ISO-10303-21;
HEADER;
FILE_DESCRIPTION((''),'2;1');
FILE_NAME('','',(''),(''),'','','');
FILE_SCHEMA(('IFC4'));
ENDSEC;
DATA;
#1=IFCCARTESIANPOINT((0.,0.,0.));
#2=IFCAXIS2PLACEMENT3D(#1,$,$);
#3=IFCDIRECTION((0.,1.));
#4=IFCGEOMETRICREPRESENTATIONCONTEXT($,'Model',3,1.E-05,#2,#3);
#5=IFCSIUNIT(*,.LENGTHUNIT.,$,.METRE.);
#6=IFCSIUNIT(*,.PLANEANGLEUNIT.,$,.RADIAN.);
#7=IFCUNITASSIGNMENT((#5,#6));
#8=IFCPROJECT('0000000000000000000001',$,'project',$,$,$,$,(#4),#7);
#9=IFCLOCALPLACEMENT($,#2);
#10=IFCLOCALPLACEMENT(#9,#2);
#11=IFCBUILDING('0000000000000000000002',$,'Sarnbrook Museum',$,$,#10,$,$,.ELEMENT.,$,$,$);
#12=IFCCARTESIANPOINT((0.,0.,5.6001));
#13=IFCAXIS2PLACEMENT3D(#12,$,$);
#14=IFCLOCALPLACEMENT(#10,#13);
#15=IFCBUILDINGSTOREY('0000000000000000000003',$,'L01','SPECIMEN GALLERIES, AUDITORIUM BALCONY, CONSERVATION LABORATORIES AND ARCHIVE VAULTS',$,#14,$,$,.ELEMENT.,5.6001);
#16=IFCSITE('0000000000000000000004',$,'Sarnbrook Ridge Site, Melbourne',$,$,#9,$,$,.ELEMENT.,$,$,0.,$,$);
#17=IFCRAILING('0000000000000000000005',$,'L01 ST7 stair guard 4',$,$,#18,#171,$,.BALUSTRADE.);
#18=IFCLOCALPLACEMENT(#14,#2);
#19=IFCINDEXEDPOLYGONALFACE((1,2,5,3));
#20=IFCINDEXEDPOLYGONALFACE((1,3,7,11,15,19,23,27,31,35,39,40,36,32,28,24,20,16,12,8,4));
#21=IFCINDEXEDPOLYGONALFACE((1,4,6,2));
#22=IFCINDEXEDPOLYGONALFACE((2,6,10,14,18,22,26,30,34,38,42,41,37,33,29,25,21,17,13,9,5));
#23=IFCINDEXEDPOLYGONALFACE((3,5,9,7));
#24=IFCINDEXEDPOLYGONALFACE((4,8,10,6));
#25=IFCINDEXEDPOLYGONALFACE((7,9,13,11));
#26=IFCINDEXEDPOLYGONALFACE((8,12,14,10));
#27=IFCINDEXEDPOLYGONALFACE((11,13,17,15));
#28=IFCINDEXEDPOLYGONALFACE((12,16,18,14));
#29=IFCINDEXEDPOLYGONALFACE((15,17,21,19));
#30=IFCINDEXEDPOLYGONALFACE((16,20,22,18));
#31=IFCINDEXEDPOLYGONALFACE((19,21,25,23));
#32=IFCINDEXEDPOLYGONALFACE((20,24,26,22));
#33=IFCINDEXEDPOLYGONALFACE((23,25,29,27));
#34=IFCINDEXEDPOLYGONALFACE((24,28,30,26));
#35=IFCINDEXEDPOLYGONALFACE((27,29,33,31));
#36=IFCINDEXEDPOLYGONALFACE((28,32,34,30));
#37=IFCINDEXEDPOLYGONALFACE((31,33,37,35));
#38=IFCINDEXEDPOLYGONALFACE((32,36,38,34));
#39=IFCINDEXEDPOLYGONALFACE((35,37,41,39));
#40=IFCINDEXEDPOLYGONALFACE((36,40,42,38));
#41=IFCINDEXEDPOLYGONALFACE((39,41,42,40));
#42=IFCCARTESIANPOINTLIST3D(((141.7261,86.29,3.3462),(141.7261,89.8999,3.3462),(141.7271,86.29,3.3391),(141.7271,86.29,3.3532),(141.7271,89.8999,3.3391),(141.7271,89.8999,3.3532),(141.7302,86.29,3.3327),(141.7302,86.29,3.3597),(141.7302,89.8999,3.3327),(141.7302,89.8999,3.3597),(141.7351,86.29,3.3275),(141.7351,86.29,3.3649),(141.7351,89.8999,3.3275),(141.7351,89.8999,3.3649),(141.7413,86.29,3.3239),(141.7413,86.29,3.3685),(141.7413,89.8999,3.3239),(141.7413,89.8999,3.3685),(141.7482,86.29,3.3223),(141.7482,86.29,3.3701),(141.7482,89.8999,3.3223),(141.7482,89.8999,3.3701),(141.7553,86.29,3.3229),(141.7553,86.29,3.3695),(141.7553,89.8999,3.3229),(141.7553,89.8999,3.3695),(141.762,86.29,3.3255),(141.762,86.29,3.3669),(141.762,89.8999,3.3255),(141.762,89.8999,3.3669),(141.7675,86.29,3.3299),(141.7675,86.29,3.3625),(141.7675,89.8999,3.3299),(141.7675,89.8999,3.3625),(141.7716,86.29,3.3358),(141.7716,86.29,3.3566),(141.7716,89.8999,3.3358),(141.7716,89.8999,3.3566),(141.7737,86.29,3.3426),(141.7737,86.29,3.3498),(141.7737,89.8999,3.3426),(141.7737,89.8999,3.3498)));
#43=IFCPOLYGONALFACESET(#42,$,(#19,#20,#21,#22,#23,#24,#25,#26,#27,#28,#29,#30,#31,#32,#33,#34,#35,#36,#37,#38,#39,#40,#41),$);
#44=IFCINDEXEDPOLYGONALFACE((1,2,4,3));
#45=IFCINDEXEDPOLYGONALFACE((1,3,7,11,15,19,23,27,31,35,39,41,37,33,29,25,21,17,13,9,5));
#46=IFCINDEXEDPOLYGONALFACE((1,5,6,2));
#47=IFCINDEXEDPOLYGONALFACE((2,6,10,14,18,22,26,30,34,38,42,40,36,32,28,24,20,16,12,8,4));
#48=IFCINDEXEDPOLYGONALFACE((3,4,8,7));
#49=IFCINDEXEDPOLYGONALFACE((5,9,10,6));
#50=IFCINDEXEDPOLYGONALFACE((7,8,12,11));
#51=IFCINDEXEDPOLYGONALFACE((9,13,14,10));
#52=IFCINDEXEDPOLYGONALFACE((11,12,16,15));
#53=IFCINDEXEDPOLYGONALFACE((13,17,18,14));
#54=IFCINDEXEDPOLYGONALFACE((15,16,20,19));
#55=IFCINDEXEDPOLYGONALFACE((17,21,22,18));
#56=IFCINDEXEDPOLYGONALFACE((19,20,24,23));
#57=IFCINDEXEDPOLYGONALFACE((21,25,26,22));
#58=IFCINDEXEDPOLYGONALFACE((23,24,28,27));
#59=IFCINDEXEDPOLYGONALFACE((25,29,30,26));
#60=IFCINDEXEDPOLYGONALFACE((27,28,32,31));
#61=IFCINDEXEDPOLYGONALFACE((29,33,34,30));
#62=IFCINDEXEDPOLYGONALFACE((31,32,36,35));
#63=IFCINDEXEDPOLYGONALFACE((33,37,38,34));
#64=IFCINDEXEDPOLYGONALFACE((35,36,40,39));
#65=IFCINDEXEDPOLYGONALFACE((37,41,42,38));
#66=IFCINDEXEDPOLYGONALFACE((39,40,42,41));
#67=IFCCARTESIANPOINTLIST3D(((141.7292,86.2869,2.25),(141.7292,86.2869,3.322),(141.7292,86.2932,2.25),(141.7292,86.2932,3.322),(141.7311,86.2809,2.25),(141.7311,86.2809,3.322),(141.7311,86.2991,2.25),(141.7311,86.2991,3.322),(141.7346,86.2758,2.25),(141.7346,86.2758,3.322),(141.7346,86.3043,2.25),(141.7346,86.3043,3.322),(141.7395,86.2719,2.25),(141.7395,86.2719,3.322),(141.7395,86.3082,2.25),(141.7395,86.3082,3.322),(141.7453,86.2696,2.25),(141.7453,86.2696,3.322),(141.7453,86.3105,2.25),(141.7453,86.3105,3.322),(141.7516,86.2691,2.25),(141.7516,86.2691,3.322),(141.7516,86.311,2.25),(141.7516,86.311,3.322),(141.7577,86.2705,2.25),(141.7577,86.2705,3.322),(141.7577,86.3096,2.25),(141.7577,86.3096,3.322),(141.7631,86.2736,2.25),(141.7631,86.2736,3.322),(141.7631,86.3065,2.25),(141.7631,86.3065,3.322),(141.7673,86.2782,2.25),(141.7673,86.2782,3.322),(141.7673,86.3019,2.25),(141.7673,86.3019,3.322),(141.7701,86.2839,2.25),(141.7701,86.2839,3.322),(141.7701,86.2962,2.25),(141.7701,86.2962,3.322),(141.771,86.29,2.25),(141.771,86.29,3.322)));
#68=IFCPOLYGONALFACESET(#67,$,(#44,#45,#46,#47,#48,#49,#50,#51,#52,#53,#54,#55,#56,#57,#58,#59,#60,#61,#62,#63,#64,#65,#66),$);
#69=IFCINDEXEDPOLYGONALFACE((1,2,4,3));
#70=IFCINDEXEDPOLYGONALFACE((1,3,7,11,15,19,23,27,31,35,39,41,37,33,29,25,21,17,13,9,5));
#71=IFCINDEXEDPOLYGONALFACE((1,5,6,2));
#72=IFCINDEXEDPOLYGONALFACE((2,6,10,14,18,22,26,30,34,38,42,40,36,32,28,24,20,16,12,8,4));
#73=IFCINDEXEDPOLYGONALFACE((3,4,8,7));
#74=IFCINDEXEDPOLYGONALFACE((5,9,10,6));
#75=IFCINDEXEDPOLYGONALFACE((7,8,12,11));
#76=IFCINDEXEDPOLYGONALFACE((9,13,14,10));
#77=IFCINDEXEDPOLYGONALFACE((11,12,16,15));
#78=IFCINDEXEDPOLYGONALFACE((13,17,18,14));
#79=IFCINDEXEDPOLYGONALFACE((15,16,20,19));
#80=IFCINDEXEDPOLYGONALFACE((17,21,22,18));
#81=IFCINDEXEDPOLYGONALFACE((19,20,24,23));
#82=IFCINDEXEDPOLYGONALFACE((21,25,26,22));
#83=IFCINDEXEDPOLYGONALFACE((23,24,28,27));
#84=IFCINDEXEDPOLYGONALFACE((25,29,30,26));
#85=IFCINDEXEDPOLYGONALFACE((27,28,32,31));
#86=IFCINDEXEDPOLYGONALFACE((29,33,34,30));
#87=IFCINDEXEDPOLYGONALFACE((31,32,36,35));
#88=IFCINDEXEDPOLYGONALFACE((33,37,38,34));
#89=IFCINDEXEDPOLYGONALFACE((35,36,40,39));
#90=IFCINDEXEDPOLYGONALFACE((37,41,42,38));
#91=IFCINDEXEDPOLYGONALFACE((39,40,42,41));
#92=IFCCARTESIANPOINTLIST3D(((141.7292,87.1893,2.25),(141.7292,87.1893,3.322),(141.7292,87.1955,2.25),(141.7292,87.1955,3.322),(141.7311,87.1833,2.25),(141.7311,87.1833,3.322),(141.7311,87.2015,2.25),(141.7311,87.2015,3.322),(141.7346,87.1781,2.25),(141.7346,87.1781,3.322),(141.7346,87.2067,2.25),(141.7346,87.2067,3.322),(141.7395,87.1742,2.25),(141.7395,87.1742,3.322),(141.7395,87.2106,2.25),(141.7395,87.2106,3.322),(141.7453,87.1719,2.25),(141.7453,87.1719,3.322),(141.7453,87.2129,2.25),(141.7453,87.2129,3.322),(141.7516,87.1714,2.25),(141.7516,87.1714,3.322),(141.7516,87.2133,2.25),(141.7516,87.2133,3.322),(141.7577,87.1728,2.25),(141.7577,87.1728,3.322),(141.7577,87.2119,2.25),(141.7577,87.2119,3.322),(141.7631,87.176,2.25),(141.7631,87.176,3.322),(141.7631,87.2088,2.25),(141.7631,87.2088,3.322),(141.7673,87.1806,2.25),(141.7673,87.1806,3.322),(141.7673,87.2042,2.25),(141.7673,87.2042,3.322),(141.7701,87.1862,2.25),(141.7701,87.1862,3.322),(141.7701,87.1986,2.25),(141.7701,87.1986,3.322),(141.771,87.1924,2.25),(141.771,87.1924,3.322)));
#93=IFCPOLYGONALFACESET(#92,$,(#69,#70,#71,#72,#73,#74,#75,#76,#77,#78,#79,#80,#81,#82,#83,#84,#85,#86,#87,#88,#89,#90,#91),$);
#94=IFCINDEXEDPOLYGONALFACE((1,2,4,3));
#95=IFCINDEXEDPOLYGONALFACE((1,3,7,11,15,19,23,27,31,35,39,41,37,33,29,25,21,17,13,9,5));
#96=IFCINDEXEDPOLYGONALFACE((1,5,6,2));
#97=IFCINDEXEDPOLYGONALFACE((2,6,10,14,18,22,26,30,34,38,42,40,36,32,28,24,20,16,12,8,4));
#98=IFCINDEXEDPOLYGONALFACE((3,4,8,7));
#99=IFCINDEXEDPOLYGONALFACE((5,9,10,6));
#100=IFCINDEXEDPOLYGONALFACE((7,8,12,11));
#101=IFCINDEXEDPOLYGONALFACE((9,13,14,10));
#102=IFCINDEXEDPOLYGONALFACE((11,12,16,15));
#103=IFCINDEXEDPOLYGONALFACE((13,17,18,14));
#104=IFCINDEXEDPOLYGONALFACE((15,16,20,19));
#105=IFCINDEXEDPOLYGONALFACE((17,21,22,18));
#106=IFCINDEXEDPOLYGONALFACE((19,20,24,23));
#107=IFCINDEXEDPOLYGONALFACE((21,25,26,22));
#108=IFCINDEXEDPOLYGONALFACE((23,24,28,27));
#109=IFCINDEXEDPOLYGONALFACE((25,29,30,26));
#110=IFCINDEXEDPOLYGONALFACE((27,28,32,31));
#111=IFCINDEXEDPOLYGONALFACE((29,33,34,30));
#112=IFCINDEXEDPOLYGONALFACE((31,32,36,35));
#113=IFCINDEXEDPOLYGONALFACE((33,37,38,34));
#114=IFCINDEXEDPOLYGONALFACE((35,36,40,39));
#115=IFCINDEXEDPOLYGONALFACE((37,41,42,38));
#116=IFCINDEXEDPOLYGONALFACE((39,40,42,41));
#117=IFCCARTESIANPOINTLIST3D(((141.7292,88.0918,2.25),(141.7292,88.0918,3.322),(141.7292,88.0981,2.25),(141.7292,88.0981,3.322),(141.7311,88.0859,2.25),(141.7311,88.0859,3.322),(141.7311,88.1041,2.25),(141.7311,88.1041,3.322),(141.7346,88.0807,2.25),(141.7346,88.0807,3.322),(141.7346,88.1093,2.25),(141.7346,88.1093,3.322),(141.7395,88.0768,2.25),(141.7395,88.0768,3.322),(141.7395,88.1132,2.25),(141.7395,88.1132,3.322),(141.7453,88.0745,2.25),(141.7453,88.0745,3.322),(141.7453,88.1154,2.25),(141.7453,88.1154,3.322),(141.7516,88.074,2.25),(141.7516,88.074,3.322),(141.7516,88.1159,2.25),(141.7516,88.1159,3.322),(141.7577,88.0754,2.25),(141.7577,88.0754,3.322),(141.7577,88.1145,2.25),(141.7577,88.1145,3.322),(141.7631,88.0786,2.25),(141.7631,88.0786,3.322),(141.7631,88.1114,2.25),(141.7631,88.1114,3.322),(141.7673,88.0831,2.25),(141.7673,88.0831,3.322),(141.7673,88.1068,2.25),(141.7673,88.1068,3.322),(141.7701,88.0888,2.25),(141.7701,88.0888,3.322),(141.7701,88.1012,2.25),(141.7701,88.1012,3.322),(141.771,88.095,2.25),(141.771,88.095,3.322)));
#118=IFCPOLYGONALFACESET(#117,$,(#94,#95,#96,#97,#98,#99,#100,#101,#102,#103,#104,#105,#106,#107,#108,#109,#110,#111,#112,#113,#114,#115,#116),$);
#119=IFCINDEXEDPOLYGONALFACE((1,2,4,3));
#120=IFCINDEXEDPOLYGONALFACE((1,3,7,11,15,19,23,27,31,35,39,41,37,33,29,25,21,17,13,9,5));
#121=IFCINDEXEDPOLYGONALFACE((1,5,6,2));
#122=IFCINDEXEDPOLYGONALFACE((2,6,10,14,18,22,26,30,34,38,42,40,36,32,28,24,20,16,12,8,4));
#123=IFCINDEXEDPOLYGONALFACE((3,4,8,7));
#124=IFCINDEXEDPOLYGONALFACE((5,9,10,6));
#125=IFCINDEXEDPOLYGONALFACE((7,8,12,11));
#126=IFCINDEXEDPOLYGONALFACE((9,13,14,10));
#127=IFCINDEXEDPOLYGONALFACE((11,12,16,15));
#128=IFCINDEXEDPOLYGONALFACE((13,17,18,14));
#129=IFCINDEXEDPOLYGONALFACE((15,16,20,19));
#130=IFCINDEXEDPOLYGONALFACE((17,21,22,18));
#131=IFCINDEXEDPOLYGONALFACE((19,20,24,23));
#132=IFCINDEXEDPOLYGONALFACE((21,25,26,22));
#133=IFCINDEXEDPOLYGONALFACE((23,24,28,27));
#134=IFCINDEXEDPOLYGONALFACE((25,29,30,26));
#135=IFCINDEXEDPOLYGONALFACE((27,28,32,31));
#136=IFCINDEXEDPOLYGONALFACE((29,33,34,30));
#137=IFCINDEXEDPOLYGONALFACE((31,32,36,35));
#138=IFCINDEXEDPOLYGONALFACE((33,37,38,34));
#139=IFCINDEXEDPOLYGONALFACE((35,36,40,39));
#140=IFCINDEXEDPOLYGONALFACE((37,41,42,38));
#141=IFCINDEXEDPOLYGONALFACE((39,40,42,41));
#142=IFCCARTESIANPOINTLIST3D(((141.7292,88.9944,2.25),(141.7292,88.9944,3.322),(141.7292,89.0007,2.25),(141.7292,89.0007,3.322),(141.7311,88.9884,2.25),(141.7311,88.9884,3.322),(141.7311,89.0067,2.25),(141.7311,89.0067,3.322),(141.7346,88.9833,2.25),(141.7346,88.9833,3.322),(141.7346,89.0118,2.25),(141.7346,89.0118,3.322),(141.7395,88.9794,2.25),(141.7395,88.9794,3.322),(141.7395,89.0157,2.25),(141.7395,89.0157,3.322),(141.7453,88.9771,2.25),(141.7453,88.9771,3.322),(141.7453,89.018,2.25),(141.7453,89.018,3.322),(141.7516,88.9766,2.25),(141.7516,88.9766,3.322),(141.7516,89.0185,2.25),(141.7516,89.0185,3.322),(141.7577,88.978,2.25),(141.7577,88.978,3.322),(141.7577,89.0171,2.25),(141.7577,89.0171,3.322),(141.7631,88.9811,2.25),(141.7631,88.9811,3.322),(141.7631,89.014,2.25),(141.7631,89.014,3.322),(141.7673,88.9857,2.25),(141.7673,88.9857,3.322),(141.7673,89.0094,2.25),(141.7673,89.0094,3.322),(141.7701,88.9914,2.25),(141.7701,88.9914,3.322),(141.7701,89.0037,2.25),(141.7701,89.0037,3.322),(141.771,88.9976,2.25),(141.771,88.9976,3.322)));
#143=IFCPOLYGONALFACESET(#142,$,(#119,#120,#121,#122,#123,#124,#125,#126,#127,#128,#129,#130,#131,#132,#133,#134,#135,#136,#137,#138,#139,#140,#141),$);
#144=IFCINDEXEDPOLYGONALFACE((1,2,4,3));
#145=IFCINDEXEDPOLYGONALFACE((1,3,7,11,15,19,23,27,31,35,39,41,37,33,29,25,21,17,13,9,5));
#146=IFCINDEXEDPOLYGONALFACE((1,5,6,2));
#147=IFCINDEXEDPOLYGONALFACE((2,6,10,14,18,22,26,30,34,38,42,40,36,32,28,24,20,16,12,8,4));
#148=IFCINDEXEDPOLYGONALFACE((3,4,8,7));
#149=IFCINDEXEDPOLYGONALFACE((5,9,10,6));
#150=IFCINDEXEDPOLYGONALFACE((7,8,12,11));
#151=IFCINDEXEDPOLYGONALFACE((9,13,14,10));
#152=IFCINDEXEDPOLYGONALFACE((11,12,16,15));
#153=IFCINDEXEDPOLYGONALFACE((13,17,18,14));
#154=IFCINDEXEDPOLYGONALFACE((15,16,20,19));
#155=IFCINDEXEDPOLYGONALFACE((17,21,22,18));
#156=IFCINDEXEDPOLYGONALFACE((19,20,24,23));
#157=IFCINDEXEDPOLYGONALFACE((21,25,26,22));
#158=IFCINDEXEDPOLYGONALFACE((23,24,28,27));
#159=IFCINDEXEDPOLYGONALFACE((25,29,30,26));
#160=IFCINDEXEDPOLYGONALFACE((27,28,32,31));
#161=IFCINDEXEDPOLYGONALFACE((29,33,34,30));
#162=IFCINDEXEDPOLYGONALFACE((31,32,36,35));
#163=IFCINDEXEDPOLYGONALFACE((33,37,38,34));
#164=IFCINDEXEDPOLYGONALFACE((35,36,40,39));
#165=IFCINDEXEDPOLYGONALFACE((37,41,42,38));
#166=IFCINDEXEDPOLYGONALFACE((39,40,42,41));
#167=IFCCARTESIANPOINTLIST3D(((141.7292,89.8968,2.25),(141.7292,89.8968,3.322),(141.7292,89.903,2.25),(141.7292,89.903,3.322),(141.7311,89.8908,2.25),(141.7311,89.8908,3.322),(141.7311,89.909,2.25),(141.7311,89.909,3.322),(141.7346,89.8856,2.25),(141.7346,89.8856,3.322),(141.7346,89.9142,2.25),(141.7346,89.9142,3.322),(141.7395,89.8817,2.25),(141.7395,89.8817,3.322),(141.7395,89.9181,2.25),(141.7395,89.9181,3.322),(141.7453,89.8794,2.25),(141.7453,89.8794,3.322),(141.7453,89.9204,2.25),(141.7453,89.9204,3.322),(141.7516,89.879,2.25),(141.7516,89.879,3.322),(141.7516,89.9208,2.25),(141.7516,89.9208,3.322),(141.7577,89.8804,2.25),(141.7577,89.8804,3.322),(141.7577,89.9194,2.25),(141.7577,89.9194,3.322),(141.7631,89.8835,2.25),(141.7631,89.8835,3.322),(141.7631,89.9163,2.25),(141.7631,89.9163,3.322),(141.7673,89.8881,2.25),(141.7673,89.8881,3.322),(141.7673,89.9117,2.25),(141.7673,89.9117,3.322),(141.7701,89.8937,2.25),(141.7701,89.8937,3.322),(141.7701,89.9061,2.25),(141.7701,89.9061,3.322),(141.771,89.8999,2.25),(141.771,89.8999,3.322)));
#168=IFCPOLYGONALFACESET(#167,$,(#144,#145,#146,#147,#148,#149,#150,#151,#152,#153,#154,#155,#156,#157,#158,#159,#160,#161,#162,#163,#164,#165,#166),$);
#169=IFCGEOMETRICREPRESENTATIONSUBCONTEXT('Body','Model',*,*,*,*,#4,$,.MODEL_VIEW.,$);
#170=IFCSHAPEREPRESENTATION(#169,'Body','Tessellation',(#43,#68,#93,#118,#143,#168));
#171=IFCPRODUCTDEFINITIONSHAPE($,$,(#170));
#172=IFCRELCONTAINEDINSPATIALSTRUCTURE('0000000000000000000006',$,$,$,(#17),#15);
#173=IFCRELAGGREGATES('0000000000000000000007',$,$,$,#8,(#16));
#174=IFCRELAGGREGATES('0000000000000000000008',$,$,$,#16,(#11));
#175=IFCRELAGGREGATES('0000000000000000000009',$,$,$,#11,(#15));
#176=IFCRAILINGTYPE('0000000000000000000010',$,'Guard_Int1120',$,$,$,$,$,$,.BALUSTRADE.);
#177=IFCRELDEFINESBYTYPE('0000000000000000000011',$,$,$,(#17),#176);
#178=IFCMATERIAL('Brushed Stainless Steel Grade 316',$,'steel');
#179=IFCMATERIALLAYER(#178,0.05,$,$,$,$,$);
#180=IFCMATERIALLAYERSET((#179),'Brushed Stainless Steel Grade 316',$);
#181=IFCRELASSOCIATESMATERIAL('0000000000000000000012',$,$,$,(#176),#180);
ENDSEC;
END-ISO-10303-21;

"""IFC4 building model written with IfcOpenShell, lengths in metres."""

from ifc_helpers import new_model, si_unit, direction, frame, origin, origin_2d, place, context, subcontext, project, spatial, circle, extrude, material, layer, layer_set, type_object, element, save


model = new_model("IFC4")

# Units and contexts
model_context = context("Model", 3, precision=1e-05, world=origin(), true_north=direction((0.0, 1.0)))
body_context = subcontext(model_context, "Body", "Model", "MODEL_VIEW")
ifc_project = project(units=[si_unit("LENGTHUNIT", "METRE"), si_unit("PLANEANGLEUNIT", "RADIAN")], contexts=[model_context])

# Site, building, storey
site_placement = place(None, origin())
site = spatial("IfcSite", under=ifc_project, at=site_placement, Name="Sarnbrook Ridge Site, Melbourne", CompositionType="ELEMENT", RefElevation=0.0)
building_placement = place(site_placement, origin())
building = spatial("IfcBuilding", under=site, at=building_placement, Name="Sarnbrook Museum", CompositionType="ELEMENT")
storey_placement = place(building_placement, frame((0.0, 0.0, 5.6001)))
storey = spatial("IfcBuildingStorey", under=building, at=storey_placement, Name="L01", Description="SPECIMEN GALLERIES, AUDITORIUM BALCONY, CONSERVATION LABORATORIES AND ARCHIVE VAULTS", CompositionType="ELEMENT", Elevation=5.6001)

# Railing
ifc_material_1 = material(Name="Brushed Stainless Steel Grade 316", Category="steel")
ifc_layer_1 = layer(ifc_material_1, 0.05)
ifc_layer_set_1 = layer_set([ifc_layer_1], Name="Brushed Stainless Steel Grade 316")
railing_type_1 = type_object("IfcRailingType", Name="Guard_Int1120", PredefinedType="BALUSTRADE", material=ifc_layer_set_1)
for number, where, name in (
    (1, (141.75, 86.29, 2.25), "L01 ST7 stair guard 4"),
):
    element("IfcRailing", number, at=place(storey_placement, frame(where)), inside=storey, type_object=railing_type_1, Name=name, PredefinedType="BALUSTRADE", context=body_context, shape_type="SweptSolid", body=[
        extrude(circle(Radius=0.0239, at=origin_2d()), frame((0.0, 0.0, 1.0962), z_axis=(0.0, 1.0, 0.0), x_axis=(-1.0, 0.0, 0.0)), (0.0, 0.0, 1.0), 3.6099),
        extrude(circle(Radius=0.021, at=origin_2d()), origin(), (0.0, 0.0, 1.0), 1.072),
        extrude(circle(Radius=0.021, at=origin_2d()), frame((0.0, 0.9023, 0.0)), (0.0, 0.0, 1.0), 1.072),
        extrude(circle(Radius=0.021, at=origin_2d()), frame((0.0, 1.8049, 0.0)), (0.0, 0.0, 1.0), 1.072),
        extrude(circle(Radius=0.021, at=origin_2d()), frame((0.0, 2.7075, 0.0)), (0.0, 0.0, 1.0), 1.072),
        extrude(circle(Radius=0.021, at=origin_2d()), frame((0.0, 3.6099, 0.0)), (0.0, 0.0, 1.0), 1.072),
    ])

save(model, "model.ifc")
